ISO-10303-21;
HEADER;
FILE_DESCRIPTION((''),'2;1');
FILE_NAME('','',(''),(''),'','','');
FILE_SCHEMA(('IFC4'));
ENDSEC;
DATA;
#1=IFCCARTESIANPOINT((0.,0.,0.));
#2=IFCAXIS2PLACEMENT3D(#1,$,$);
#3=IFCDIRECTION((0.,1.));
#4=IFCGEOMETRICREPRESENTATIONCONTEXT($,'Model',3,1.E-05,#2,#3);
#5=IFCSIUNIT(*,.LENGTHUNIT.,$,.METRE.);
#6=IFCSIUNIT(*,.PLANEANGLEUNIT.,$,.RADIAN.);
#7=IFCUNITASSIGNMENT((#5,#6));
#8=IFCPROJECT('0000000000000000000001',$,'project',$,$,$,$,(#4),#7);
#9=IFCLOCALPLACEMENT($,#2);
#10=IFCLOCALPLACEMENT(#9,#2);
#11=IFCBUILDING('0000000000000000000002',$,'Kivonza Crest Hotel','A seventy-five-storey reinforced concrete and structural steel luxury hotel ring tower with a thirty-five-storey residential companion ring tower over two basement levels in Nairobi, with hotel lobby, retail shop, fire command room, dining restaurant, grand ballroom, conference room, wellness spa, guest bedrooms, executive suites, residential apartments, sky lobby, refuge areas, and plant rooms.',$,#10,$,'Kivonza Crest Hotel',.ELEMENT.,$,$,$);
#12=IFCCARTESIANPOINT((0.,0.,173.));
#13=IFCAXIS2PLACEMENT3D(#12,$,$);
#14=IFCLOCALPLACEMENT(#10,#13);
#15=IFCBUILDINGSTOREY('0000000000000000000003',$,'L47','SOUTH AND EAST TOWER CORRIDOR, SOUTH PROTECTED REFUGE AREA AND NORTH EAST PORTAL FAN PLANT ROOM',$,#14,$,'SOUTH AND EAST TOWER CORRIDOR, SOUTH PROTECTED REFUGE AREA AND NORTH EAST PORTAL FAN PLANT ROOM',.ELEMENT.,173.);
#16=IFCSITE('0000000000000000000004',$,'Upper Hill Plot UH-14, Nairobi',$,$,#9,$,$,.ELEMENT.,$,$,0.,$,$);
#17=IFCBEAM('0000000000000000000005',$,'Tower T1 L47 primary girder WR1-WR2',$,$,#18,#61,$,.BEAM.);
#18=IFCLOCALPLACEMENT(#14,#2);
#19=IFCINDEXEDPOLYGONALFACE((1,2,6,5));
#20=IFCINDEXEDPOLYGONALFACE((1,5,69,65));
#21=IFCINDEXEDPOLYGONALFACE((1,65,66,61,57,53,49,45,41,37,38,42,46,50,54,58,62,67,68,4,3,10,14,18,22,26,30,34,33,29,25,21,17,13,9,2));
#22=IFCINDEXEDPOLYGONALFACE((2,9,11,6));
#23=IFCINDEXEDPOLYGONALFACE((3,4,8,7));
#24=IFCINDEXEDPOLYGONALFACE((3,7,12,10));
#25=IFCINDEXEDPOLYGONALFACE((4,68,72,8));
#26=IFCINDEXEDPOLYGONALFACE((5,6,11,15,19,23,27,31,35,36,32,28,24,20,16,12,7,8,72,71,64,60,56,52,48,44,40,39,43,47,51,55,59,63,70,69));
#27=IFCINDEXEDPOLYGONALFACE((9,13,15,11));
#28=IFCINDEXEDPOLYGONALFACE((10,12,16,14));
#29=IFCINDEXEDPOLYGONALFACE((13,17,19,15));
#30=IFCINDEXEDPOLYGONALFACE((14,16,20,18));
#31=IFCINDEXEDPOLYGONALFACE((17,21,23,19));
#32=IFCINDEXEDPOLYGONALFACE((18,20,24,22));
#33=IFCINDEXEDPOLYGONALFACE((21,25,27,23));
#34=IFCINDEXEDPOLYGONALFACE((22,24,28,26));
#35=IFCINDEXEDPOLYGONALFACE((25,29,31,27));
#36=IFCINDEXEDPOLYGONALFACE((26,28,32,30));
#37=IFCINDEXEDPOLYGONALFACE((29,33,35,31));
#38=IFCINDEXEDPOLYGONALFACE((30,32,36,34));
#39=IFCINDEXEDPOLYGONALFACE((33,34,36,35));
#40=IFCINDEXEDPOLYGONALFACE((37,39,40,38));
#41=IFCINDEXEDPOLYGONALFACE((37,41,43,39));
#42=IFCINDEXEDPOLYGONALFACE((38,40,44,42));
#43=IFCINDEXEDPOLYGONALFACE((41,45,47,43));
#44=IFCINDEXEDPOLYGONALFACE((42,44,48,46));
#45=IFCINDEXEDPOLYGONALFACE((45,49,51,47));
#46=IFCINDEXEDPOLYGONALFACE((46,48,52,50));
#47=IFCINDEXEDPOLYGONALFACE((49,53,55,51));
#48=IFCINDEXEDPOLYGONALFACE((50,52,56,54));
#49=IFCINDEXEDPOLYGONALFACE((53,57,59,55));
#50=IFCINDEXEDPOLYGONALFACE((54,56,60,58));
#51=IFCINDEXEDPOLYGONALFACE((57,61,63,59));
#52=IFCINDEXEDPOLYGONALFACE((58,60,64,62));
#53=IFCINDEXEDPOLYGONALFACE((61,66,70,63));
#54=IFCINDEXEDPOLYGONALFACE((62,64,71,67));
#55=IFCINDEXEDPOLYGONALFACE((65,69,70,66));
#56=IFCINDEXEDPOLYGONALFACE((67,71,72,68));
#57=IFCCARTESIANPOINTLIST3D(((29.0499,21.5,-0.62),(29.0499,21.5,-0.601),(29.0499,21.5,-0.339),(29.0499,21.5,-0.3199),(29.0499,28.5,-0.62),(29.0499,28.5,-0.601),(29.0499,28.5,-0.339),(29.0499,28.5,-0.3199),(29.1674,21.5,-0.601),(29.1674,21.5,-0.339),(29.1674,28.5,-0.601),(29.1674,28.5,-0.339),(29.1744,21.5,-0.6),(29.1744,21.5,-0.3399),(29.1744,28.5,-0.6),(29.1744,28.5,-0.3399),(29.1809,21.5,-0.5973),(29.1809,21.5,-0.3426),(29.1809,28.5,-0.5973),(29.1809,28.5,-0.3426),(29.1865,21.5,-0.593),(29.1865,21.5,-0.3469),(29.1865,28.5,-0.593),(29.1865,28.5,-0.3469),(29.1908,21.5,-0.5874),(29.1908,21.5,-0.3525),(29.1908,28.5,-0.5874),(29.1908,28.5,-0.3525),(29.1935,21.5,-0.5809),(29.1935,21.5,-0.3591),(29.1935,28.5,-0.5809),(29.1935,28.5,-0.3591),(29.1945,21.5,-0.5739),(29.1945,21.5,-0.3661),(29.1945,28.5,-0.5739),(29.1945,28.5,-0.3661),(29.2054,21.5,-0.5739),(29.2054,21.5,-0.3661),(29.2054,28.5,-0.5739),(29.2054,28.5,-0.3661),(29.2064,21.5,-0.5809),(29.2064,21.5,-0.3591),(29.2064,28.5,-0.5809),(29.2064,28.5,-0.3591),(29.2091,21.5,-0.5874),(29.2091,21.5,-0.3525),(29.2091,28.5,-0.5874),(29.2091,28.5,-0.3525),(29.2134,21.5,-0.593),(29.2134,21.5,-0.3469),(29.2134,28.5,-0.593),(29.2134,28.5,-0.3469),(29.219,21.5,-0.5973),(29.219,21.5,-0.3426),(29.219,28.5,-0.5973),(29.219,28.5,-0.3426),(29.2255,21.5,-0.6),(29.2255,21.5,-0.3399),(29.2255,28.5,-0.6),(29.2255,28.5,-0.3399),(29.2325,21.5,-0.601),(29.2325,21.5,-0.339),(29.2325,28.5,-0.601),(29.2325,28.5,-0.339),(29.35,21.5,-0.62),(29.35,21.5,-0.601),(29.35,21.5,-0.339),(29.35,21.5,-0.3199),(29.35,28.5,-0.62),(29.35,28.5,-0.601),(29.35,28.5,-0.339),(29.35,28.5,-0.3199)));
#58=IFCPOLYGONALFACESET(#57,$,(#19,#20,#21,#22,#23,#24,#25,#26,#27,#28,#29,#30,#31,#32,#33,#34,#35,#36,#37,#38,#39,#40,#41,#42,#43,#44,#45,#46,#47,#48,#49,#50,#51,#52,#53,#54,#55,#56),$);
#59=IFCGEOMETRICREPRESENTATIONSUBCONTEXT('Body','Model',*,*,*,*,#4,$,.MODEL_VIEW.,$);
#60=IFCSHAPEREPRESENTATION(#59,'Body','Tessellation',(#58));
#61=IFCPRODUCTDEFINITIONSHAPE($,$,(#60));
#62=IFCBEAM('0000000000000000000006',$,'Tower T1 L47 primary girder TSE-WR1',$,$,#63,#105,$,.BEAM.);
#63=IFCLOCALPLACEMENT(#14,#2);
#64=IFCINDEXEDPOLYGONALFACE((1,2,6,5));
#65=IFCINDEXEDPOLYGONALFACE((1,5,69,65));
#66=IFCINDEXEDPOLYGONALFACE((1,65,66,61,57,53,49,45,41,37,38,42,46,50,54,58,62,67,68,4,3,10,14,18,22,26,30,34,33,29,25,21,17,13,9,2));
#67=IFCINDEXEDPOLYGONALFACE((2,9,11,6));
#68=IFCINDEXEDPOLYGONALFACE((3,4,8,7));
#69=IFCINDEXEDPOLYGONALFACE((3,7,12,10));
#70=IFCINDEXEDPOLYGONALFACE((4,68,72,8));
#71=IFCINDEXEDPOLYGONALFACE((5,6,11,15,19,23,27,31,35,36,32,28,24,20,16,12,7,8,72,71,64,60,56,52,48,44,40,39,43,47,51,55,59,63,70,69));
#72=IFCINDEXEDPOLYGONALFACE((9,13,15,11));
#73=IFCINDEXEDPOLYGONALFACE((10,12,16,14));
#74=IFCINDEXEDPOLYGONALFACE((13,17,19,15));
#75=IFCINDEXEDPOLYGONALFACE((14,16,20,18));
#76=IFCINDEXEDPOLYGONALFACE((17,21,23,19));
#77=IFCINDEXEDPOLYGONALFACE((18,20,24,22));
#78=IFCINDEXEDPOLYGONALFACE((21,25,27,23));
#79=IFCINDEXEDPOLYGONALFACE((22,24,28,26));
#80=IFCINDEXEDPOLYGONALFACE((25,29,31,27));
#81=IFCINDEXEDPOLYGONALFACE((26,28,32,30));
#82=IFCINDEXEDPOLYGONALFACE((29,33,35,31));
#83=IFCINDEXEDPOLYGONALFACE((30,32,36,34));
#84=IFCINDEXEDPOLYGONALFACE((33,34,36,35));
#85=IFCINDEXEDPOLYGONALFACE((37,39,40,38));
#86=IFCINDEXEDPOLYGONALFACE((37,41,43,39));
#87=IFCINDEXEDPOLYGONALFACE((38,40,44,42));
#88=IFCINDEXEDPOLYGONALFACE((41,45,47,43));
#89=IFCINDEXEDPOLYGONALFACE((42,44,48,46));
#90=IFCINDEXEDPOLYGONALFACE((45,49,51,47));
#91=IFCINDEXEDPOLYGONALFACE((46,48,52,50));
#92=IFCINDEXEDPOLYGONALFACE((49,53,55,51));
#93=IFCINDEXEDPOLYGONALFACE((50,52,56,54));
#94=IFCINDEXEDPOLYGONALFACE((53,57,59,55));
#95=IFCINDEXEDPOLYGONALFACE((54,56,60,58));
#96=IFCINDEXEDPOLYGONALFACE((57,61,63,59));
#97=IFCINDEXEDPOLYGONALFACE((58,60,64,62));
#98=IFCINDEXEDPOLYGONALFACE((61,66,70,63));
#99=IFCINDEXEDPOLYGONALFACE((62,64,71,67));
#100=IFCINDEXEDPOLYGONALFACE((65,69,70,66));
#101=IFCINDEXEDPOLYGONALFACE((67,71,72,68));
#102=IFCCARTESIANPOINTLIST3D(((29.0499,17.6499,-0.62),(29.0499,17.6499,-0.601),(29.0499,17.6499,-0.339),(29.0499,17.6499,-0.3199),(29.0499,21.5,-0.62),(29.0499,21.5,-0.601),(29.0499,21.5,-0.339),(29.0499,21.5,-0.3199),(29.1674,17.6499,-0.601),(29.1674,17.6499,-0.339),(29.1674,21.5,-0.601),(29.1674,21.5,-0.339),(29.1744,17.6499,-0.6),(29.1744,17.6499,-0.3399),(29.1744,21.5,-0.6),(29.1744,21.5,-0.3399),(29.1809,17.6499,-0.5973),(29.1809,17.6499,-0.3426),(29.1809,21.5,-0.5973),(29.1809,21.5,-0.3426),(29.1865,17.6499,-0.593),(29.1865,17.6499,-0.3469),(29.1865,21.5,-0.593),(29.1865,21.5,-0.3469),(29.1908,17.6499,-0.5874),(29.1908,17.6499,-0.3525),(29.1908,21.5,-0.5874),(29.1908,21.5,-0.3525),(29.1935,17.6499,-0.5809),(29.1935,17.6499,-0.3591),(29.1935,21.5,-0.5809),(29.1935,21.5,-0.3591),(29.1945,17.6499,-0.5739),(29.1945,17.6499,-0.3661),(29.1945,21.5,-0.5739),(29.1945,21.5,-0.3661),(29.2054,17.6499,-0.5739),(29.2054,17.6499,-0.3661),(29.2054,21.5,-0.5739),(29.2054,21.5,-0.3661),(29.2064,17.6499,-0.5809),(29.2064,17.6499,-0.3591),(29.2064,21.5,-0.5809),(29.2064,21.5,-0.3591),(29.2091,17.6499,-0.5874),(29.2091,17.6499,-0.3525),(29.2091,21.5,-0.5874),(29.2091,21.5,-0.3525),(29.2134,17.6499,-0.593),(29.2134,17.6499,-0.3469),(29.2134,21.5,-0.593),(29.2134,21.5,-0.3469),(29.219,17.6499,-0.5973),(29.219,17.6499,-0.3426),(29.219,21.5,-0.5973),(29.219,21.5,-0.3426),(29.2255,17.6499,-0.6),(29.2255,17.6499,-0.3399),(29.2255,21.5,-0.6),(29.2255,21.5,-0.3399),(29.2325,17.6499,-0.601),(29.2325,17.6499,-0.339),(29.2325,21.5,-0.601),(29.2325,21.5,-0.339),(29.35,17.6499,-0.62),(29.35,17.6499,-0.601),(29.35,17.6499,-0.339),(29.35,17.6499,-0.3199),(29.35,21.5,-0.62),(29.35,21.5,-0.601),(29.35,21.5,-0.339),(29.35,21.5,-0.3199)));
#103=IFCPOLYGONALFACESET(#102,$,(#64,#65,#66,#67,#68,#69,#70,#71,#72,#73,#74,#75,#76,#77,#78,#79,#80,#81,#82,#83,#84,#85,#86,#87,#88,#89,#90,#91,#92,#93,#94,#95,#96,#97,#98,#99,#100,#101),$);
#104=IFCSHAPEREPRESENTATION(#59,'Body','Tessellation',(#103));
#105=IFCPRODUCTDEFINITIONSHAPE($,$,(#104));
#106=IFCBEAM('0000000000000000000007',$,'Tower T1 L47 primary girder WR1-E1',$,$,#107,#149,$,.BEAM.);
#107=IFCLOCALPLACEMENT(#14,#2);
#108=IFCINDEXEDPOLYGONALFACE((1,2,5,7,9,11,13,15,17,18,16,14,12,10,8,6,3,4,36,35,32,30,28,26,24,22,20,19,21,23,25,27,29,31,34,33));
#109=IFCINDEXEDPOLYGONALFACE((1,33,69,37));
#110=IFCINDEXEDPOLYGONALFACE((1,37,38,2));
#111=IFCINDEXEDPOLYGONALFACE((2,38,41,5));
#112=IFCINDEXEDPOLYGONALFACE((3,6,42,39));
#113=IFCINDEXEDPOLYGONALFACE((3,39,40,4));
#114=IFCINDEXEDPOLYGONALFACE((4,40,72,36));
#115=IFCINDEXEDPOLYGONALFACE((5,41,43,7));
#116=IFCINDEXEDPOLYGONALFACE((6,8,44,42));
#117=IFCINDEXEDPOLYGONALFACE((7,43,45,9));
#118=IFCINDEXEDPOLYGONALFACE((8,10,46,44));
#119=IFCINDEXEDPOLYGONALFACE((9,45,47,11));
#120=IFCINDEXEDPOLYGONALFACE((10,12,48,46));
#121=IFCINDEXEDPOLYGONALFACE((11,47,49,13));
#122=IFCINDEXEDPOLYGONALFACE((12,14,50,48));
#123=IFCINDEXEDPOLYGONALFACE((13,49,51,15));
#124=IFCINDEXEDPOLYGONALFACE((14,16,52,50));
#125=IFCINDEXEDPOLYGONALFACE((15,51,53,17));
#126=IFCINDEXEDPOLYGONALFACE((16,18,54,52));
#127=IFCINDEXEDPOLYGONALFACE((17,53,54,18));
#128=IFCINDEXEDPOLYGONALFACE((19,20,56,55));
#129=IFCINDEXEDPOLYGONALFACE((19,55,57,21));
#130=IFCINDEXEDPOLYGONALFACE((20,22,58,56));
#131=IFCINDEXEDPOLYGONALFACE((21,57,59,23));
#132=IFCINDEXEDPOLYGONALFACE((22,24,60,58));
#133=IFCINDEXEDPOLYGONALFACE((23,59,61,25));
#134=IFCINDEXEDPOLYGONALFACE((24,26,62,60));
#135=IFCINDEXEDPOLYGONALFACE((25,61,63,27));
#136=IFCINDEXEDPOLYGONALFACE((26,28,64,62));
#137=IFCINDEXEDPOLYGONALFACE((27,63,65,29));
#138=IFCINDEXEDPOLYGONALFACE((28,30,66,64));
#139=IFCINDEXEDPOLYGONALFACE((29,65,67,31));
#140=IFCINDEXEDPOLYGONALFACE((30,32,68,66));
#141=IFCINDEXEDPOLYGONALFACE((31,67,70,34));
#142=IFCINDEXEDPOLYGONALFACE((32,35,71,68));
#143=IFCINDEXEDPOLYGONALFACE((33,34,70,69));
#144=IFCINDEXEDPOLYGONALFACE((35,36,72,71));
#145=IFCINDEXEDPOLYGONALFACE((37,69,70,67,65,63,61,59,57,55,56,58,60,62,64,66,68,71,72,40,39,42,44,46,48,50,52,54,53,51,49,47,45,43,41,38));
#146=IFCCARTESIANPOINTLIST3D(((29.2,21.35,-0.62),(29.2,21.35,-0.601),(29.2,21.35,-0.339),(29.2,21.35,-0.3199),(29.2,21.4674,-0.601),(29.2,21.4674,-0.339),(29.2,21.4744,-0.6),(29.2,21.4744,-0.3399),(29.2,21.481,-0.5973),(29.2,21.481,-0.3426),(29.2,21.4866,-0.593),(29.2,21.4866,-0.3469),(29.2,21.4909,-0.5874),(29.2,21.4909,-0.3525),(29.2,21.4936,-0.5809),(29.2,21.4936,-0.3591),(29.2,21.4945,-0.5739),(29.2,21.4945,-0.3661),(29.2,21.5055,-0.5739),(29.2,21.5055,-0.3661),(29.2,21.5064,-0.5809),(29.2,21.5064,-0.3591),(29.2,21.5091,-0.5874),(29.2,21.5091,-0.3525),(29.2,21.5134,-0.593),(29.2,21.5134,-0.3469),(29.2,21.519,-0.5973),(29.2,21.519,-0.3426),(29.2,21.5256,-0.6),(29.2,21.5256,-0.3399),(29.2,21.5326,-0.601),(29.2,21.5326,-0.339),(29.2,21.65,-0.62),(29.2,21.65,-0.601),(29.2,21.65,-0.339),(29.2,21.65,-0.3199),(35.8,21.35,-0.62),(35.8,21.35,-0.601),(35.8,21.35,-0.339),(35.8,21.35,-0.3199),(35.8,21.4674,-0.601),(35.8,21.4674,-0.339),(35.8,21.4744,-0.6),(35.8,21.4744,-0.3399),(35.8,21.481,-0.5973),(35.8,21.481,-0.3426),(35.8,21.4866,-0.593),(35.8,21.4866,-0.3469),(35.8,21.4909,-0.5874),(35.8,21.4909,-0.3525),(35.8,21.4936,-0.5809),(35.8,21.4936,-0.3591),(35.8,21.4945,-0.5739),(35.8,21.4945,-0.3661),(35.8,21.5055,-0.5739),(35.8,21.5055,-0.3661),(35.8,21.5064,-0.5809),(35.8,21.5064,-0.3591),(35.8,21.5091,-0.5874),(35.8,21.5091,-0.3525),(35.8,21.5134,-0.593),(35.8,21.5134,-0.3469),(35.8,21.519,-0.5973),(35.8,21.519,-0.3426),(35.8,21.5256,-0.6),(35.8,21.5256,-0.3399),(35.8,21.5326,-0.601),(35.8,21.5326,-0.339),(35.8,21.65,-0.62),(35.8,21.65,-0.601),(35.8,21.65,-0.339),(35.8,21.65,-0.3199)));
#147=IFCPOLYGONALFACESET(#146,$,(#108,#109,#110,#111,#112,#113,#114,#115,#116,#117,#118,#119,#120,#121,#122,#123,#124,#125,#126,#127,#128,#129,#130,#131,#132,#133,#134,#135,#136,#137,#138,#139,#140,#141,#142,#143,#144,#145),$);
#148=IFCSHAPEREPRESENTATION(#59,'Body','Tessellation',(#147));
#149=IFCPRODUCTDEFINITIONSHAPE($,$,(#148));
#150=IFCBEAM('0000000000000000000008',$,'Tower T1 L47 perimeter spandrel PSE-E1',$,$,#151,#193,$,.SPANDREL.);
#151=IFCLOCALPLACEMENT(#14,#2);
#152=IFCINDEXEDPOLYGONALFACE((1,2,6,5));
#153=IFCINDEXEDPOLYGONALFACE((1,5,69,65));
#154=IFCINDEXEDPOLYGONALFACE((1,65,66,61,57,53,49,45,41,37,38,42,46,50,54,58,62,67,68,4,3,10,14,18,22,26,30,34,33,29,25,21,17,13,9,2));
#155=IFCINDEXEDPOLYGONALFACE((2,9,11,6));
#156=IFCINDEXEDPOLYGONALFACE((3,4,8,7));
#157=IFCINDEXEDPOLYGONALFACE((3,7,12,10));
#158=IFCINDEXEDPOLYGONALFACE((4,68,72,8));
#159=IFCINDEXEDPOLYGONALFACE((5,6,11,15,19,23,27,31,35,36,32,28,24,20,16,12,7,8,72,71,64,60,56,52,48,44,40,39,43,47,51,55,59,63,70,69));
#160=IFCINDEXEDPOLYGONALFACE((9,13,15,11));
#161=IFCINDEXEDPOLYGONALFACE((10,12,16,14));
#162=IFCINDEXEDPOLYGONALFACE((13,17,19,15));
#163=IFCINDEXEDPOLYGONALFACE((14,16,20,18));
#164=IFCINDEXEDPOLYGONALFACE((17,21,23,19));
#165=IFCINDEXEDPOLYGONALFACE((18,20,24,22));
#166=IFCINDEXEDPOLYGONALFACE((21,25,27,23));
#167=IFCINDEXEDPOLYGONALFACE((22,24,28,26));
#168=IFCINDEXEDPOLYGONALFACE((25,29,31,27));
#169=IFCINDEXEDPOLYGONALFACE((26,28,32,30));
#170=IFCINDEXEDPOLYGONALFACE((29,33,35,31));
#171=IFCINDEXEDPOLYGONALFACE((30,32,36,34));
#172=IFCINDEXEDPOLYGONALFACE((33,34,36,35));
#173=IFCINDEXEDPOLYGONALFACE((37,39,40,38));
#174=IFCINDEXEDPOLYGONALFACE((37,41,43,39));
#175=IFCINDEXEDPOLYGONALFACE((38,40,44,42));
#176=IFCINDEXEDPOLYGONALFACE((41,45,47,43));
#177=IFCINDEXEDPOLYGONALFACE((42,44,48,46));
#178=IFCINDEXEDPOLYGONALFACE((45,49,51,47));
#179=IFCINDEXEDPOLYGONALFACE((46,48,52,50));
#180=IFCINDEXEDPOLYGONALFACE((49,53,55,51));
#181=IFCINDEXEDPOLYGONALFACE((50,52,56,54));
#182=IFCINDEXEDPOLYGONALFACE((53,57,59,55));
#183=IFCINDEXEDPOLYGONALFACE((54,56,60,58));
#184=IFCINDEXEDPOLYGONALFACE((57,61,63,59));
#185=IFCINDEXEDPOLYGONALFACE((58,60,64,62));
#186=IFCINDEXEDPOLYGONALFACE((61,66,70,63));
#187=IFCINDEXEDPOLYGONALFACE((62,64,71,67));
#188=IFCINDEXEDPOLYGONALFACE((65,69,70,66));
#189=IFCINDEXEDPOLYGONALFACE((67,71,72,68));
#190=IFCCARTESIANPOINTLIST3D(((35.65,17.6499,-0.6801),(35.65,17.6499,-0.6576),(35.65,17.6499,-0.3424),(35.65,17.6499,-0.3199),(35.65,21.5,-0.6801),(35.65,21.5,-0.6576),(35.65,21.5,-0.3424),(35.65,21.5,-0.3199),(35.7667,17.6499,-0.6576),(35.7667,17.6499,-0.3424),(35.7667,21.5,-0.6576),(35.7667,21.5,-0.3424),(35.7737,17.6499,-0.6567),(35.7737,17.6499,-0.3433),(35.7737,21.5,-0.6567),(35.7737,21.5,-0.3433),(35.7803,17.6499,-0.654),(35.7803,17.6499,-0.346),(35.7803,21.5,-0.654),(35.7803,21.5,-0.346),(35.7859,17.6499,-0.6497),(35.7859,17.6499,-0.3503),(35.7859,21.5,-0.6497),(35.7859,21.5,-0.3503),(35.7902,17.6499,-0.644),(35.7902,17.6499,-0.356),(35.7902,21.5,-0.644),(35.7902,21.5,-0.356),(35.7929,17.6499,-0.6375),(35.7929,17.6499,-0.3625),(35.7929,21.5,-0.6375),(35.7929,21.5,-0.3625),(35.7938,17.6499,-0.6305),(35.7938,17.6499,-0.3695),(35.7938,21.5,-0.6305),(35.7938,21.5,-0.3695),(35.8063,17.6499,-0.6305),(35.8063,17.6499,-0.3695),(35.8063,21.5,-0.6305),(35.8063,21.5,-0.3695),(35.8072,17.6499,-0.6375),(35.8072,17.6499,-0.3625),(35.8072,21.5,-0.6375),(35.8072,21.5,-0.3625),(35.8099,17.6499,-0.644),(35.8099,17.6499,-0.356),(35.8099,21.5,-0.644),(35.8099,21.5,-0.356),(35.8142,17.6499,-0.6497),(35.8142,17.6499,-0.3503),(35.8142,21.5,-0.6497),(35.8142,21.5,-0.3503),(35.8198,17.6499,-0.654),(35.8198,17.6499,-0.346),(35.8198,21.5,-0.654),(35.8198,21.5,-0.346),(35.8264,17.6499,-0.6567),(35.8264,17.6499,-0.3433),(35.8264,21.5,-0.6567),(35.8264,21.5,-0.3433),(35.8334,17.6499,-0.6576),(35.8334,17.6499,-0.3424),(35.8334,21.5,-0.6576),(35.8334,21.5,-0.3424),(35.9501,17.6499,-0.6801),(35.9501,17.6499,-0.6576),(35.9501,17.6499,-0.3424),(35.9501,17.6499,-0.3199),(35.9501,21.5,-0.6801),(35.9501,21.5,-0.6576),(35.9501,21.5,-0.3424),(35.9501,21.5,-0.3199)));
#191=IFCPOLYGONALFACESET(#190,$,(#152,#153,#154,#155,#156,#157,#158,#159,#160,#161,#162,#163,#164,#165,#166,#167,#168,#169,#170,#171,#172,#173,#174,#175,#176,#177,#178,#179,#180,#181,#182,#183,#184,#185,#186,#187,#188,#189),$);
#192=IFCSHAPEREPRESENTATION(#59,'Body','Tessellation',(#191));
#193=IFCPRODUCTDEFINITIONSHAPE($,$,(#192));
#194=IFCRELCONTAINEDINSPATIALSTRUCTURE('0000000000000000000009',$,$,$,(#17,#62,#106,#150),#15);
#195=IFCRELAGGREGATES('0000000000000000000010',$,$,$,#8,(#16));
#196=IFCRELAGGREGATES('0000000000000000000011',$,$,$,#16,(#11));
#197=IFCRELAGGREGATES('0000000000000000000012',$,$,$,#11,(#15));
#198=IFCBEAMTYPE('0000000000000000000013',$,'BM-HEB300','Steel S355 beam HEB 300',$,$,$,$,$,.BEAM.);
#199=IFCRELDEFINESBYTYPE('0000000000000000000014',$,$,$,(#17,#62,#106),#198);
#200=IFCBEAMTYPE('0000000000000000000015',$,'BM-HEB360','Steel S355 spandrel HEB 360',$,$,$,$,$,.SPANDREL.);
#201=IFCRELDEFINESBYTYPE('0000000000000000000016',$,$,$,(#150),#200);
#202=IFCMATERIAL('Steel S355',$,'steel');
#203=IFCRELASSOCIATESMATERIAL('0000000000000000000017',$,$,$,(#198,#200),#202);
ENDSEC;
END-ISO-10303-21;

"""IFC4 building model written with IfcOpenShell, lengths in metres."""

from ifc_helpers import new_model, si_unit, direction, frame, origin, origin_2d, place, context, subcontext, project, spatial, i_section, extrude, material, material_profile, profile_set, type_object, element, save


model = new_model("IFC4")

# Units and contexts
model_context = context("Model", 3, precision=1e-05, world=origin(), true_north=direction((0.0, 1.0)))
body_context = subcontext(model_context, "Body", "Model", "MODEL_VIEW")
ifc_project = project(units=[si_unit("LENGTHUNIT", "METRE"), si_unit("PLANEANGLEUNIT", "RADIAN")], contexts=[model_context])

# Site, building, storey
site_placement = place(None, origin())
site = spatial("IfcSite", under=ifc_project, at=site_placement, Name="Upper Hill Plot UH-14, Nairobi", CompositionType="ELEMENT", RefElevation=0.0)
building_placement = place(site_placement, origin())
building = spatial("IfcBuilding", under=site, at=building_placement, Name="Kivonza Crest Hotel", Description="A seventy-five-storey reinforced concrete and structural steel luxury hotel ring tower with a thirty-five-storey residential companion ring tower over two basement levels in Nairobi, with hotel lobby, retail shop, fire command room, dining restaurant, grand ballroom, conference room, wellness spa, guest bedrooms, executive suites, residential apartments, sky lobby, refuge areas, and plant rooms.", LongName="Kivonza Crest Hotel", CompositionType="ELEMENT")
storey_placement = place(building_placement, frame((0.0, 0.0, 173.0)))
storey = spatial("IfcBuildingStorey", under=building, at=storey_placement, Name="L47", Description="SOUTH AND EAST TOWER CORRIDOR, SOUTH PROTECTED REFUGE AREA AND NORTH EAST PORTAL FAN PLANT ROOM", LongName="SOUTH AND EAST TOWER CORRIDOR, SOUTH PROTECTED REFUGE AREA AND NORTH EAST PORTAL FAN PLANT ROOM", CompositionType="ELEMENT", Elevation=173.0)

# Shared definitions
ifc_material_1 = material(Name="Steel S355", Category="steel")

# Beams
ifc_material_profile_1 = material_profile(ifc_material_1, i_section(OverallWidth=0.3, OverallDepth=0.3, WebThickness=0.011, FlangeThickness=0.019, FilletRadius=0.0271, at=origin_2d()), Name="HEB 300")
ifc_profile_set_1 = profile_set([ifc_material_profile_1], Name="Steel S355")
beam_type_1 = type_object("IfcBeamType", Name="BM-HEB300", Description="Steel S355 beam HEB 300", PredefinedType="BEAM", material=ifc_profile_set_1)
beam_1_placement = place(storey_placement, frame((29.2, 21.5, -0.47), z_axis=(0.0, 1.0, 0.0), x_axis=(-1.0, 0.0, 0.0)))
element("IfcBeam", 1, at=beam_1_placement, inside=storey, type_object=beam_type_1, Name="Tower T1 L47 primary girder WR1-WR2", PredefinedType="BEAM", context=body_context, shape_type="SweptSolid", body=[
    extrude(i_section(OverallWidth=0.3, OverallDepth=0.3, WebThickness=0.011, FlangeThickness=0.019, FilletRadius=0.0271, at=origin_2d()), origin(), (0.0, 0.0, 1.0), 7.0),
])
beam_2_placement = place(storey_placement, frame((29.2, 17.6499, -0.47), z_axis=(0.0, 1.0, 0.0), x_axis=(-1.0, 0.0, 0.0)))
element("IfcBeam", 2, at=beam_2_placement, inside=storey, type_object=beam_type_1, Name="Tower T1 L47 primary girder TSE-WR1", PredefinedType="BEAM", context=body_context, shape_type="SweptSolid", body=[
    extrude(i_section(OverallWidth=0.3, OverallDepth=0.3, WebThickness=0.011, FlangeThickness=0.019, FilletRadius=0.0271, at=origin_2d()), origin(), (0.0, 0.0, 1.0), 3.8501),
])
beam_3_placement = place(storey_placement, frame((29.2, 21.5, -0.47), z_axis=(1.0, 0.0, 0.0), x_axis=(0.0, 1.0, 0.0)))
element("IfcBeam", 3, at=beam_3_placement, inside=storey, type_object=beam_type_1, Name="Tower T1 L47 primary girder WR1-E1", PredefinedType="BEAM", context=body_context, shape_type="SweptSolid", body=[
    extrude(i_section(OverallWidth=0.3, OverallDepth=0.3, WebThickness=0.011, FlangeThickness=0.019, FilletRadius=0.0271, at=origin_2d()), origin(), (0.0, 0.0, 1.0), 6.6001),
])
ifc_material_profile_2 = material_profile(ifc_material_1, i_section(OverallWidth=0.3, OverallDepth=0.3601, WebThickness=0.0125, FlangeThickness=0.0225, FilletRadius=0.0271, at=origin_2d()), Name="HEB 360")
ifc_profile_set_2 = profile_set([ifc_material_profile_2], Name="Steel S355")
beam_type_2 = type_object("IfcBeamType", Name="BM-HEB360", Description="Steel S355 spandrel HEB 360", PredefinedType="SPANDREL", material=ifc_profile_set_2)
beam_4_placement = place(storey_placement, frame((35.8, 17.6499, -0.5), z_axis=(0.0, 1.0, 0.0), x_axis=(-1.0, 0.0, 0.0)))
element("IfcBeam", 4, at=beam_4_placement, inside=storey, type_object=beam_type_2, Name="Tower T1 L47 perimeter spandrel PSE-E1", PredefinedType="SPANDREL", context=body_context, shape_type="SweptSolid", body=[
    extrude(i_section(OverallWidth=0.3, OverallDepth=0.3601, WebThickness=0.0125, FlangeThickness=0.0225, FilletRadius=0.0271, at=origin_2d()), origin(), (0.0, 0.0, 1.0), 3.8501),
])

save(model, "model.ifc")
